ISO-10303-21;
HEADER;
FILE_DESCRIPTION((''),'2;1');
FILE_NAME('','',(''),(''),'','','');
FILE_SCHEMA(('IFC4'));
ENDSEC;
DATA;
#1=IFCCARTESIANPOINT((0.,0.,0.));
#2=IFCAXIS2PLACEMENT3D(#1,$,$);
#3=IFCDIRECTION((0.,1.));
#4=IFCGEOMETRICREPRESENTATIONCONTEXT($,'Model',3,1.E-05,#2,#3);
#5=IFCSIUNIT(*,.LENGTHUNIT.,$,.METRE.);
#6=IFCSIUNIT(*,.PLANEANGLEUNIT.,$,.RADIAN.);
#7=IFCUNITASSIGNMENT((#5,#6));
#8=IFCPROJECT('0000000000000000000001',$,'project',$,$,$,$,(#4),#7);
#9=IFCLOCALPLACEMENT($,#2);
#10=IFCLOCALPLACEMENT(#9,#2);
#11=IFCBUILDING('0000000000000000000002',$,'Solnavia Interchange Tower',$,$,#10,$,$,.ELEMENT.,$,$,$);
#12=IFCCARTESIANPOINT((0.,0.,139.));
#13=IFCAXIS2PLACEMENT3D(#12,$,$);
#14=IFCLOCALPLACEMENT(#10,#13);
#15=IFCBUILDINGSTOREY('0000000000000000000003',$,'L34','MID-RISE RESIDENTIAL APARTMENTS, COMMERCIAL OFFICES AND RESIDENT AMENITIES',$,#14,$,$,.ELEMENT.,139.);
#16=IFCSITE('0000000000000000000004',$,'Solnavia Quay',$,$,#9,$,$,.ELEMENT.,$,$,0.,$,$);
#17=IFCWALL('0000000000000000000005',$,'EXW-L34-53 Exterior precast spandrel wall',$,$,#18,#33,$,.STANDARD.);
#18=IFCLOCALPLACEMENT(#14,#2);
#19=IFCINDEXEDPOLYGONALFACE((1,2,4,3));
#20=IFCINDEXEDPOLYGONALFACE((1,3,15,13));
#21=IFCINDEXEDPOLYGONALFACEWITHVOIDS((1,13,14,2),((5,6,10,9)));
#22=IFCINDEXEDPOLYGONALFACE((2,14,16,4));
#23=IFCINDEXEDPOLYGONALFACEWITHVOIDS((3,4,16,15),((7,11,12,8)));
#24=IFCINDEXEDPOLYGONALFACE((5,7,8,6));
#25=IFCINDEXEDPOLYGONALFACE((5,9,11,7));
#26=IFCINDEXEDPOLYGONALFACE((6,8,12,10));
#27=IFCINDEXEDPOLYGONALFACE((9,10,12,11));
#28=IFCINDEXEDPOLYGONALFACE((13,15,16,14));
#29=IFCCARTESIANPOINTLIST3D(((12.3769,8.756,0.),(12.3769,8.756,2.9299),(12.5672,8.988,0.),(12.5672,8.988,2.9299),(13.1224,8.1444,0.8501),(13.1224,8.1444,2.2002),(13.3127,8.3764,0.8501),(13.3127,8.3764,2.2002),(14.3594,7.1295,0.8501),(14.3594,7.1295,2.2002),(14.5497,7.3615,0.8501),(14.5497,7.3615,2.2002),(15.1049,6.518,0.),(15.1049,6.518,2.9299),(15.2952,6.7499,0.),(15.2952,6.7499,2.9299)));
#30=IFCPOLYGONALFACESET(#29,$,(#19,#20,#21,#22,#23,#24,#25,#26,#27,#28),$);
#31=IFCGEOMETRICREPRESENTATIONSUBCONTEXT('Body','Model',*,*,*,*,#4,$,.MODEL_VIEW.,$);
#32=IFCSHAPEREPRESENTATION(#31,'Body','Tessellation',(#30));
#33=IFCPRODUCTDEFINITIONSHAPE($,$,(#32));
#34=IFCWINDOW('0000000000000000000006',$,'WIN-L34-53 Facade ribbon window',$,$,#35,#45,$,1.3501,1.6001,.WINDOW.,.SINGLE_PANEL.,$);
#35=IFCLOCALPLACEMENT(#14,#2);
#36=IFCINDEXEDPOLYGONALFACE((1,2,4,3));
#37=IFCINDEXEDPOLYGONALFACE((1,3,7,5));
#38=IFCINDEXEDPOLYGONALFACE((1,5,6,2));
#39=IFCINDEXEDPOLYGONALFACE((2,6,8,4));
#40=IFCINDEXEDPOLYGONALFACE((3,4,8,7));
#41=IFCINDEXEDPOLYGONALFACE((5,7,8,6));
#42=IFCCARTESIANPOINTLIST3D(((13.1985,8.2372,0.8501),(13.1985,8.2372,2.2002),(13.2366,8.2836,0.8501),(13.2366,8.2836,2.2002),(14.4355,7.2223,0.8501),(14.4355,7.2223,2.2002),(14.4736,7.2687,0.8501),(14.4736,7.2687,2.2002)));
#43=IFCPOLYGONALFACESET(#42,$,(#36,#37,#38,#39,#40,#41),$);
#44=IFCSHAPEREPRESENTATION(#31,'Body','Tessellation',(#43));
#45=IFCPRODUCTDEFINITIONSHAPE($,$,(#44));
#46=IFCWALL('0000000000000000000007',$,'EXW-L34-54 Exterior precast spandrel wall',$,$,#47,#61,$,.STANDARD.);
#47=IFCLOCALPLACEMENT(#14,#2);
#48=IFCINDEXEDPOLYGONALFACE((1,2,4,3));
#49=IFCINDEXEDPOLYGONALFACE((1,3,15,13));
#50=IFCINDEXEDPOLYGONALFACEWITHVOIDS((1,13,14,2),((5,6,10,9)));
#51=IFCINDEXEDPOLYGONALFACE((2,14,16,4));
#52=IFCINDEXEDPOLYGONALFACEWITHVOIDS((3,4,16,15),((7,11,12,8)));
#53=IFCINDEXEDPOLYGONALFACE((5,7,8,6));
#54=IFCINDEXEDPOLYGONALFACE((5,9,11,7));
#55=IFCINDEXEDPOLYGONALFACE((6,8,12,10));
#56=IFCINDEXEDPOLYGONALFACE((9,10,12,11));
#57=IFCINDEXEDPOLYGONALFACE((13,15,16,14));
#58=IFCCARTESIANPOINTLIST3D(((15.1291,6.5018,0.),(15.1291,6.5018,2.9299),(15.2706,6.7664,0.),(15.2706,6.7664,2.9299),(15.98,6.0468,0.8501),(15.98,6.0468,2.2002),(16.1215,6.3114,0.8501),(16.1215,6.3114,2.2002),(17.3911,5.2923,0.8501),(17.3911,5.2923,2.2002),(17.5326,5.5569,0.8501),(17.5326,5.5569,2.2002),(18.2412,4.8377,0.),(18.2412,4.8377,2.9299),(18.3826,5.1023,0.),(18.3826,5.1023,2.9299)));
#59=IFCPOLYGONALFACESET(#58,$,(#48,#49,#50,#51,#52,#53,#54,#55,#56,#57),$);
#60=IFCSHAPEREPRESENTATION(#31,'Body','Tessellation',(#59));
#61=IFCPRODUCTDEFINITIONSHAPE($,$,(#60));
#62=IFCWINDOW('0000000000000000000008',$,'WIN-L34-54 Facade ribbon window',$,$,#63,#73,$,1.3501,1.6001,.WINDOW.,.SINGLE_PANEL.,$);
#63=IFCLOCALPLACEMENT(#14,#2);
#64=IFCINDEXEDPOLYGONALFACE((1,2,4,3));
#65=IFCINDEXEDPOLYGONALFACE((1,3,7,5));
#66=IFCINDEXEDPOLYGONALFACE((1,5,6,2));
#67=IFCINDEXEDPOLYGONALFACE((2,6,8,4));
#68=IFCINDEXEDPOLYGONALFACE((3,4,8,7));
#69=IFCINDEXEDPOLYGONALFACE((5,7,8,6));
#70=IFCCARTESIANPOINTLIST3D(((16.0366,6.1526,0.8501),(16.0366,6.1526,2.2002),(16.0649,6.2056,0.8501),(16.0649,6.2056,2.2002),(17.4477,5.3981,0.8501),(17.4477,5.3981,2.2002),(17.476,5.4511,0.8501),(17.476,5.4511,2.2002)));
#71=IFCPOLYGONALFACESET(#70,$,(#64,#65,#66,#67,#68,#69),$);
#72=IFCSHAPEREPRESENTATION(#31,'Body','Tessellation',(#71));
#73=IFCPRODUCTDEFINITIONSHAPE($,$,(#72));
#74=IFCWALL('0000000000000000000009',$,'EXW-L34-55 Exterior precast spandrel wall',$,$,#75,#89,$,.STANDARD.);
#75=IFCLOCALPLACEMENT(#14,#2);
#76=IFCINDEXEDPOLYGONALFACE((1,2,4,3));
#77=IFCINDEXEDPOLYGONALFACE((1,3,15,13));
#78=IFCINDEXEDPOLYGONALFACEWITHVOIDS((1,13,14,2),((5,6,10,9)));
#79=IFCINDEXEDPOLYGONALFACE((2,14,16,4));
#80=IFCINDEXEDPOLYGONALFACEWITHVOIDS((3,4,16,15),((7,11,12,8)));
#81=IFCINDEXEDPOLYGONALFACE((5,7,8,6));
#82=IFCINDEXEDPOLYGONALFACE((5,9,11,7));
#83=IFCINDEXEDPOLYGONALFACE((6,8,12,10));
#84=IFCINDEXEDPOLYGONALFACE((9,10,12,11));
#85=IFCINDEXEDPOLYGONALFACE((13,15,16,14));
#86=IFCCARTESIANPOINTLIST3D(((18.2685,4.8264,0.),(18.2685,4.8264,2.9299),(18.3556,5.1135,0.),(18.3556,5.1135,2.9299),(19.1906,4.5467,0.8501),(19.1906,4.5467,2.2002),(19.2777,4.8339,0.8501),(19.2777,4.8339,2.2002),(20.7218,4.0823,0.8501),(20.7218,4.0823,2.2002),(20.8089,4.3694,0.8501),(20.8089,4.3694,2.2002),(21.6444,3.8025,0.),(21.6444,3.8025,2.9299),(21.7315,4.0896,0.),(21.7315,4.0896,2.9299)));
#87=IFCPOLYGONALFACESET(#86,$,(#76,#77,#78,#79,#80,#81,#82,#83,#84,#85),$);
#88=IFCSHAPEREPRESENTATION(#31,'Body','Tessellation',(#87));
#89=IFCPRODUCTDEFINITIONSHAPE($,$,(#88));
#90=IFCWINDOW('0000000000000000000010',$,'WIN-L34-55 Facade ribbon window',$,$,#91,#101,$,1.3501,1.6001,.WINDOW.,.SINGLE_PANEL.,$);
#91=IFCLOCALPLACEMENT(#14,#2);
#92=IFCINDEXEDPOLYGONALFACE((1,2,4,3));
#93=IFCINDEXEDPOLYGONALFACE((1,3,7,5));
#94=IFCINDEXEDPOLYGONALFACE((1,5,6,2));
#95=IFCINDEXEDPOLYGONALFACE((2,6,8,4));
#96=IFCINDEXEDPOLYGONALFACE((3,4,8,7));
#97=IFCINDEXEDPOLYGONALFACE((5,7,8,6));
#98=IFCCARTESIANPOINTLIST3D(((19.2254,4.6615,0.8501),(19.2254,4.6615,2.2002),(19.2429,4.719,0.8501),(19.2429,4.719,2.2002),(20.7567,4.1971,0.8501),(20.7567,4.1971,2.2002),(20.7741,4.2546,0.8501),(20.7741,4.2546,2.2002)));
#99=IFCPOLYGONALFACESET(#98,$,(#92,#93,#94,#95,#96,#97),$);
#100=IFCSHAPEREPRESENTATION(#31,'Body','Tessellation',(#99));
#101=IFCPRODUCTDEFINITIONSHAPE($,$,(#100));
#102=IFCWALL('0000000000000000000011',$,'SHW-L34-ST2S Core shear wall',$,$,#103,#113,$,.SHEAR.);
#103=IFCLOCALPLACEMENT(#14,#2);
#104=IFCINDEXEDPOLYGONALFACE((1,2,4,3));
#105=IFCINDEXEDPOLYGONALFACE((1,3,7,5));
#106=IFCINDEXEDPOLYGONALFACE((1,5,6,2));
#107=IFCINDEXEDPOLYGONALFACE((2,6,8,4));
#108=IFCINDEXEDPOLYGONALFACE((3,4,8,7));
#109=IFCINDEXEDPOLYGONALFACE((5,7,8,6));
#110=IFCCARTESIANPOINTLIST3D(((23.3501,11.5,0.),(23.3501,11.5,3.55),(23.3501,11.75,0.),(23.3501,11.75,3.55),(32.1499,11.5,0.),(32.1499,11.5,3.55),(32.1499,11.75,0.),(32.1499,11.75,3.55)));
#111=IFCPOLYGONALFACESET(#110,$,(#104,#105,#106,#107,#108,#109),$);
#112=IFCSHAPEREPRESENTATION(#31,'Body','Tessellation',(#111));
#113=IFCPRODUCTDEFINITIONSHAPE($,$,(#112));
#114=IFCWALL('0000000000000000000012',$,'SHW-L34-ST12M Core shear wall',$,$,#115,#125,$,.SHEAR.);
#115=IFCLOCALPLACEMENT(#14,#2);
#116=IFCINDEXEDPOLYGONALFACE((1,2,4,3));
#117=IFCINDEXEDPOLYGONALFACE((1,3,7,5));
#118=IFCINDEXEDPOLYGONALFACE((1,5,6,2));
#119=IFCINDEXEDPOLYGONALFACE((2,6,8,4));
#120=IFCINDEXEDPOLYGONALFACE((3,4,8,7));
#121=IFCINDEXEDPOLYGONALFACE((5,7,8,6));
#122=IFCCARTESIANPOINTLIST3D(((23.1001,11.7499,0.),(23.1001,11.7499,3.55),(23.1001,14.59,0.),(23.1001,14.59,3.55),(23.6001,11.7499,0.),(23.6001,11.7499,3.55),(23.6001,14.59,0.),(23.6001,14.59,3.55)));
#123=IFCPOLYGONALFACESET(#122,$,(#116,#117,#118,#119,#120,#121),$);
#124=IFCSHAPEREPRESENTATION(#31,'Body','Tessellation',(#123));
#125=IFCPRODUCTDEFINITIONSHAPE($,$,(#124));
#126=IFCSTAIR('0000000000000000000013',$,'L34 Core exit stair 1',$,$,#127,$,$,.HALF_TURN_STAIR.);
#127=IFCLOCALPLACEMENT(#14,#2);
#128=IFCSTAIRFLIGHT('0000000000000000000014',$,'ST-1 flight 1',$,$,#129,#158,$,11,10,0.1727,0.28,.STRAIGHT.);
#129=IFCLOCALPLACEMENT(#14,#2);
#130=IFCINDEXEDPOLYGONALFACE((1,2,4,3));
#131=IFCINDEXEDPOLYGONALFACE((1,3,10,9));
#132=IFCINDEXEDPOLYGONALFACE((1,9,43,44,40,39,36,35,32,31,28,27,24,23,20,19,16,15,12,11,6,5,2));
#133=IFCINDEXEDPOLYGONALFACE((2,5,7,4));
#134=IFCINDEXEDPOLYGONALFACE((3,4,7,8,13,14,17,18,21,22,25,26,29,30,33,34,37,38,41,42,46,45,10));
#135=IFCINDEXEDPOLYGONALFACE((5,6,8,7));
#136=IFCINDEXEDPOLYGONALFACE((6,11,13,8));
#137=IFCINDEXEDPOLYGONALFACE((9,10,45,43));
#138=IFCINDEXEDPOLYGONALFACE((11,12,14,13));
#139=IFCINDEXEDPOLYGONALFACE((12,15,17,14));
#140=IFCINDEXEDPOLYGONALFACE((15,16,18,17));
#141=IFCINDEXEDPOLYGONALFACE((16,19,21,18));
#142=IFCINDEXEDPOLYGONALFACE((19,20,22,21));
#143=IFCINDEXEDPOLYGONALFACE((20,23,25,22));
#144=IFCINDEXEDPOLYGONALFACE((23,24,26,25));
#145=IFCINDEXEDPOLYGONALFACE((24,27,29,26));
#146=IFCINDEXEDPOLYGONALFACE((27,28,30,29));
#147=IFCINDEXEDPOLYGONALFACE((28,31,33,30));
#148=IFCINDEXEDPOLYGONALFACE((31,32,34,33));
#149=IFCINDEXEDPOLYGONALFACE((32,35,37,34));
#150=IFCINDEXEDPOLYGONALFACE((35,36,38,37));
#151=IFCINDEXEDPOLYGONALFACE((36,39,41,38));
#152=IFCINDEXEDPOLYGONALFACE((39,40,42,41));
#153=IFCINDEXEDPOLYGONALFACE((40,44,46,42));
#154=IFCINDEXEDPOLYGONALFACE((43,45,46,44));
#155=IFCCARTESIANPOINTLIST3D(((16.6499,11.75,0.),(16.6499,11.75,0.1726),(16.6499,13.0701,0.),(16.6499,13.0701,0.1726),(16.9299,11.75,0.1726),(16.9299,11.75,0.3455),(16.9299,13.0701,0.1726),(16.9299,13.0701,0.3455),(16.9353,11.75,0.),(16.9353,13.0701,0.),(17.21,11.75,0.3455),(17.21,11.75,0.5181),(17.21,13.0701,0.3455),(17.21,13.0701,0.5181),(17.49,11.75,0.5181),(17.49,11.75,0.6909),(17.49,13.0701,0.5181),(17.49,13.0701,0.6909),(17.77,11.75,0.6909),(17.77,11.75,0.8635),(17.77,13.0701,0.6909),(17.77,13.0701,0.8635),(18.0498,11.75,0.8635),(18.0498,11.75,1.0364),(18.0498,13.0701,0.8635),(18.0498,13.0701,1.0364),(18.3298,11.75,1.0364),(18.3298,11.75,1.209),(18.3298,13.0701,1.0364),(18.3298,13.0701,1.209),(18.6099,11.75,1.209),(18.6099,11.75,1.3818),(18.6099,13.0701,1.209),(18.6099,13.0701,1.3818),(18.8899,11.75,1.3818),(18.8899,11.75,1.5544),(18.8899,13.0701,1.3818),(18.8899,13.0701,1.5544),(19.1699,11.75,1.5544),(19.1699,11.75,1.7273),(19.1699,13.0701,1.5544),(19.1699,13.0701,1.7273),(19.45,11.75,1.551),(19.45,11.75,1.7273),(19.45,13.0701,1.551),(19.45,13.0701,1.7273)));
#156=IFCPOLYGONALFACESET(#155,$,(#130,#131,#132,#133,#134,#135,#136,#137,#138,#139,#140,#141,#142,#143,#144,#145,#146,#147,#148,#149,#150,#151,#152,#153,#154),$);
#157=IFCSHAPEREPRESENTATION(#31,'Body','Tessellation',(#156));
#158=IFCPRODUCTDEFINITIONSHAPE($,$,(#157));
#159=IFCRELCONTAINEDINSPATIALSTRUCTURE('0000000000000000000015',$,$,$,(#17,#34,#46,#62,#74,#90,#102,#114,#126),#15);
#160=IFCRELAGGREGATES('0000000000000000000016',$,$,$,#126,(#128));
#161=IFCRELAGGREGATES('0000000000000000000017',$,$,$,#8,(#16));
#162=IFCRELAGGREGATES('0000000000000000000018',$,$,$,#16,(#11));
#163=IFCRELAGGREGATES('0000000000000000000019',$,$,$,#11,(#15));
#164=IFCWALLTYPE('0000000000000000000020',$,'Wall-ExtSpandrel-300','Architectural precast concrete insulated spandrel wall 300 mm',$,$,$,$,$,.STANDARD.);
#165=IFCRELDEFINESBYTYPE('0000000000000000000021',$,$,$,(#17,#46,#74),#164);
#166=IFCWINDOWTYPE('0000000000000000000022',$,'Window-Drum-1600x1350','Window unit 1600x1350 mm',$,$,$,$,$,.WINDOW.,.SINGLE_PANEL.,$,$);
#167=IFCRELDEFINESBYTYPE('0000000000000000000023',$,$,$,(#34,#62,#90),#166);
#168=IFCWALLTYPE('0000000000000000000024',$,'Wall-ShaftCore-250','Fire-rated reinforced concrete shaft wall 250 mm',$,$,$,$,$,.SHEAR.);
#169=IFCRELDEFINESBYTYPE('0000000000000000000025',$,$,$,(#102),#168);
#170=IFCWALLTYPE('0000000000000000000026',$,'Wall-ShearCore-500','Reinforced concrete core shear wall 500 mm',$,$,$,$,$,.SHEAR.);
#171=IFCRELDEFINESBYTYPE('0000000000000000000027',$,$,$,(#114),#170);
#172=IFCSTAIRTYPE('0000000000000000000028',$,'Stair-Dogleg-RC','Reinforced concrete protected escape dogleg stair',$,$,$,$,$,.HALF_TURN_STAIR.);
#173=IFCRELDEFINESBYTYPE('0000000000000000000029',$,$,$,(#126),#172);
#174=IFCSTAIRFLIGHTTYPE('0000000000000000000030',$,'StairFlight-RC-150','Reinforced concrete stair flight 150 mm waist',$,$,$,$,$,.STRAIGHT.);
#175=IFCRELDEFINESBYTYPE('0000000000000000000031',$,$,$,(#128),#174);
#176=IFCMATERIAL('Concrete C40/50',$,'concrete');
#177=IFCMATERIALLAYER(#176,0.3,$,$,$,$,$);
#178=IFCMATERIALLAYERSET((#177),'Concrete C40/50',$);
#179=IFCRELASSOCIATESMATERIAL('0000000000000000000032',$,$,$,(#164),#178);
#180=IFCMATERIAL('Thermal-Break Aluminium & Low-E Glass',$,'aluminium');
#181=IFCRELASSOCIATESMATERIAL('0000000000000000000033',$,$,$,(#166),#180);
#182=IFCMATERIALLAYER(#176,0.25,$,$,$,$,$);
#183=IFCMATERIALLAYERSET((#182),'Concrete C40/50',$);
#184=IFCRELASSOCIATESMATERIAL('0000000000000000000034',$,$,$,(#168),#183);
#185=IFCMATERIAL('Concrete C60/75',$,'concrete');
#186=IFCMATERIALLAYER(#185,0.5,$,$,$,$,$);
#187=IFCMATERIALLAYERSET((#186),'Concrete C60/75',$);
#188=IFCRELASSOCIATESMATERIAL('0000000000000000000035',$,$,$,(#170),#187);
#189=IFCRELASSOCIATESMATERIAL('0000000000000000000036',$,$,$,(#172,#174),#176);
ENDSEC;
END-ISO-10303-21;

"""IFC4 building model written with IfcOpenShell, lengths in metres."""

from ifc_helpers import new_model, si_unit, direction, frame, frame_2d, origin, place, context, subcontext, project, spatial, polyline, rectangle, outline, extrude, material, layer, layer_set, type_object, element, fill, aggregate, save


model = new_model("IFC4")

# Units and contexts
model_context = context("Model", 3, precision=1e-05, world=origin(), true_north=direction((0.0, 1.0)))
body_context = subcontext(model_context, "Body", "Model", "MODEL_VIEW")
ifc_project = project(units=[si_unit("LENGTHUNIT", "METRE"), si_unit("PLANEANGLEUNIT", "RADIAN")], contexts=[model_context])

# Site, building, storey
site_placement = place(None, origin())
site = spatial("IfcSite", under=ifc_project, at=site_placement, Name="Solnavia Quay", CompositionType="ELEMENT", RefElevation=0.0)
building_placement = place(site_placement, origin())
building = spatial("IfcBuilding", under=site, at=building_placement, Name="Solnavia Interchange Tower", CompositionType="ELEMENT")
storey_placement = place(building_placement, frame((0.0, 0.0, 139.0)))
storey = spatial("IfcBuildingStorey", under=building, at=storey_placement, Name="L34", Description="MID-RISE RESIDENTIAL APARTMENTS, COMMERCIAL OFFICES AND RESIDENT AMENITIES", CompositionType="ELEMENT", Elevation=139.0)

# Walls, openings, windows
ifc_material_1 = material(Name="Concrete C40/50", Category="concrete")
ifc_layer_1 = layer(ifc_material_1, 0.3)
ifc_layer_set_1 = layer_set([ifc_layer_1], Name="Concrete C40/50")
wall_type_1 = type_object("IfcWallType", Name="Wall-ExtSpandrel-300", Description="Architectural precast concrete insulated spandrel wall 300 mm", PredefinedType="STANDARD", material=ifc_layer_set_1)
wall_1_placement = place(storey_placement, frame((15.2, 6.634, 0.0), z_axis=(0.0, 0.0, 1.0), x_axis=(-0.773121, 0.634258, 0.0)))
wall_1 = element("IfcWall", 1, at=wall_1_placement, inside=storey, type_object=wall_type_1, Name="EXW-L34-53 Exterior precast spandrel wall", PredefinedType="STANDARD", context=body_context, shape_type="SweptSolid", body=[
    extrude(rectangle(XDim=3.5286, YDim=0.3, at=frame_2d((1.7642, 0.0))), origin(), (0.0, 0.0, 1.0), 2.9299),
])
opening_1_placement = place(wall_1_placement, frame((0.9641, 0.0, 0.8501)))
opening_1 = element("IfcOpeningElement", 2, at=opening_1_placement, cuts=wall_1, PredefinedType="OPENING", context=body_context, shape_type="SweptSolid", body=[
    extrude(rectangle(XDim=1.6001, YDim=1.3501, at=frame_2d((0.8, 0.675))), frame((0.0, 0.1602, 0.0), z_axis=(0.0, -1.0, 0.0), x_axis=(1.0, 0.0, 0.0)), (0.0, 0.0, 1.0), 0.3201),
])
ifc_material_2 = material(Name="Thermal-Break Aluminium & Low-E Glass", Category="aluminium")
window_type = type_object("IfcWindowType", Name="Window-Drum-1600x1350", Description="Window unit 1600x1350 mm", PartitioningType="SINGLE_PANEL", PredefinedType="WINDOW", material=ifc_material_2)
window_1_placement = place(opening_1_placement, origin())
window_1 = element("IfcWindow", 3, at=window_1_placement, inside=storey, type_object=window_type, Name="WIN-L34-53 Facade ribbon window", OverallHeight=1.3501, OverallWidth=1.6001, PartitioningType="SINGLE_PANEL", PredefinedType="WINDOW", context=body_context, shape_type="SweptSolid", body=[
    extrude(rectangle(XDim=1.6001, YDim=1.3501, at=frame_2d((0.8, 0.675))), frame((0.0, 0.03, 0.0), z_axis=(0.0, -1.0, 0.0), x_axis=(1.0, 0.0, 0.0)), (0.0, 0.0, 1.0), 0.0601),
])
fill(opening_1, window_1)
wall_2_placement = place(storey_placement, frame((18.312, 4.97, 0.0), z_axis=(0.0, 0.0, 1.0), x_axis=(-0.881847, 0.471536, 0.0)))
wall_2 = element("IfcWall", 4, at=wall_2_placement, inside=storey, type_object=wall_type_1, Name="EXW-L34-54 Exterior precast spandrel wall", PredefinedType="STANDARD", context=body_context, shape_type="SweptSolid", body=[
    extrude(rectangle(XDim=3.5291, YDim=0.3, at=frame_2d((1.7646, 0.0))), origin(), (0.0, 0.0, 1.0), 2.9299),
])
opening_2_placement = place(wall_2_placement, frame((0.9641, 0.0, 0.8501)))
opening_2 = element("IfcOpeningElement", 5, at=opening_2_placement, cuts=wall_2, PredefinedType="OPENING", context=body_context, shape_type="SweptSolid", body=[
    extrude(rectangle(XDim=1.6001, YDim=1.3501, at=frame_2d((0.8, 0.675))), frame((0.0, 0.1602, 0.0), z_axis=(0.0, -1.0, 0.0), x_axis=(1.0, 0.0, 0.0)), (0.0, 0.0, 1.0), 0.3201),
])
window_2_placement = place(opening_2_placement, origin())
window_2 = element("IfcWindow", 6, at=window_2_placement, inside=storey, type_object=window_type, Name="WIN-L34-54 Facade ribbon window", OverallHeight=1.3501, OverallWidth=1.6001, PartitioningType="SINGLE_PANEL", PredefinedType="WINDOW", context=body_context, shape_type="SweptSolid", body=[
    extrude(rectangle(XDim=1.6001, YDim=1.3501, at=frame_2d((0.8, 0.675))), frame((0.0, 0.03, 0.0), z_axis=(0.0, -1.0, 0.0), x_axis=(1.0, 0.0, 0.0)), (0.0, 0.0, 1.0), 0.0601),
])
fill(opening_2, window_2)
wall_3_placement = place(storey_placement, frame((21.688, 3.946, 0.0), z_axis=(0.0, 0.0, 1.0), x_axis=(-0.956953, 0.290242, 0.0)))
wall_3 = element("IfcWall", 7, at=wall_3_placement, inside=storey, type_object=wall_type_1, Name="EXW-L34-55 Exterior precast spandrel wall", PredefinedType="STANDARD", context=body_context, shape_type="SweptSolid", body=[
    extrude(rectangle(XDim=3.5278, YDim=0.3, at=frame_2d((1.7639, 0.0))), origin(), (0.0, 0.0, 1.0), 2.9299),
])
opening_3_placement = place(wall_3_placement, frame((0.9641, 0.0, 0.8501)))
opening_3 = element("IfcOpeningElement", 8, at=opening_3_placement, cuts=wall_3, PredefinedType="OPENING", context=body_context, shape_type="SweptSolid", body=[
    extrude(rectangle(XDim=1.6001, YDim=1.3501, at=frame_2d((0.8, 0.675))), frame((0.0, 0.1602, 0.0), z_axis=(0.0, -1.0, 0.0), x_axis=(1.0, 0.0, 0.0)), (0.0, 0.0, 1.0), 0.3201),
])
window_3_placement = place(opening_3_placement, origin())
window_3 = element("IfcWindow", 9, at=window_3_placement, inside=storey, type_object=window_type, Name="WIN-L34-55 Facade ribbon window", OverallHeight=1.3501, OverallWidth=1.6001, PartitioningType="SINGLE_PANEL", PredefinedType="WINDOW", context=body_context, shape_type="SweptSolid", body=[
    extrude(rectangle(XDim=1.6001, YDim=1.3501, at=frame_2d((0.8, 0.675))), frame((0.0, 0.03, 0.0), z_axis=(0.0, -1.0, 0.0), x_axis=(1.0, 0.0, 0.0)), (0.0, 0.0, 1.0), 0.0601),
])
fill(opening_3, window_3)

# Walls
ifc_layer_2 = layer(ifc_material_1, 0.25)
ifc_layer_set_2 = layer_set([ifc_layer_2], Name="Concrete C40/50")
wall_type_2 = type_object("IfcWallType", Name="Wall-ShaftCore-250", Description="Fire-rated reinforced concrete shaft wall 250 mm", PredefinedType="SHEAR", material=ifc_layer_set_2)
wall_4_placement = place(storey_placement, frame((23.3501, 11.625, 0.0), z_axis=(0.0, 0.0, 1.0), x_axis=(1.0, 0.0, 0.0)))
element("IfcWall", 10, at=wall_4_placement, inside=storey, type_object=wall_type_2, Name="SHW-L34-ST2S Core shear wall", PredefinedType="SHEAR", context=body_context, shape_type="SweptSolid", body=[
    extrude(rectangle(XDim=8.7998, YDim=0.25, at=frame_2d((4.3999, 0.0))), origin(), (0.0, 0.0, 1.0), 3.55),
])
ifc_material_3 = material(Name="Concrete C60/75", Category="concrete")
ifc_layer_3 = layer(ifc_material_3, 0.5)
ifc_layer_set_3 = layer_set([ifc_layer_3], Name="Concrete C60/75")
wall_type_3 = type_object("IfcWallType", Name="Wall-ShearCore-500", Description="Reinforced concrete core shear wall 500 mm", PredefinedType="SHEAR", material=ifc_layer_set_3)
wall_5_placement = place(storey_placement, frame((23.3501, 11.75, 0.0), z_axis=(0.0, 0.0, 1.0), x_axis=(0.0, 1.0, 0.0)))
element("IfcWall", 11, at=wall_5_placement, inside=storey, type_object=wall_type_3, Name="SHW-L34-ST12M Core shear wall", PredefinedType="SHEAR", context=body_context, shape_type="SweptSolid", body=[
    extrude(rectangle(XDim=2.8401, YDim=0.5, at=frame_2d((1.4199, 0.0))), origin(), (0.0, 0.0, 1.0), 3.55),
])

# Stair, stair flight
stair_type = type_object("IfcStairType", Name="Stair-Dogleg-RC", Description="Reinforced concrete protected escape dogleg stair", PredefinedType="HALF_TURN_STAIR", material=ifc_material_1)
stair_placement = place(storey_placement, origin())
stair = element("IfcStair", 12, at=stair_placement, inside=storey, type_object=stair_type, Name="L34 Core exit stair 1", PredefinedType="HALF_TURN_STAIR")
stair_flight_type = type_object("IfcStairFlightType", Name="StairFlight-RC-150", Description="Reinforced concrete stair flight 150 mm waist", PredefinedType="STRAIGHT", material=ifc_material_1)
stair_flight_placement = place(storey_placement, frame((16.6499, 12.4099, 0.0), z_axis=(0.0, 0.0, 1.0), x_axis=(1.0, 0.0, 0.0)))
stair_flight = element("IfcStairFlight", 13, at=stair_flight_placement, type_object=stair_flight_type, Name="ST-1 flight 1", NumberOfRisers=11, NumberOfTreads=10, PredefinedType="STRAIGHT", RiserHeight=0.1727, TreadLength=0.28, context=body_context, shape_type="SweptSolid", body=[
    extrude(outline(polyline([(0.0, 0.0), (0.0, 0.1726), (0.28, 0.1726), (0.28, 0.3455), (0.5601, 0.3455), (0.5601, 0.5181), (0.8401, 0.5181), (0.8401, 0.6909), (1.1201, 0.6909), (1.1201, 0.8635), (1.3999, 0.8635), (1.3999, 1.0364), (1.6799, 1.0364), (1.6799, 1.209), (1.96, 1.209), (1.96, 1.3818), (2.24, 1.3818), (2.24, 1.5544), (2.52, 1.5544), (2.52, 1.7273), (2.8, 1.7273), (2.8, 1.8999), (2.8, 1.551), (0.2854, 0.0), (0.0, 0.0)])), frame((0.0, 0.6602, 0.0), z_axis=(0.0, -1.0, 0.0), x_axis=(1.0, 0.0, 0.0)), (0.0, 0.0, 1.0), 1.3201),
])
aggregate(stair, [stair_flight])

save(model, "model.ifc")
